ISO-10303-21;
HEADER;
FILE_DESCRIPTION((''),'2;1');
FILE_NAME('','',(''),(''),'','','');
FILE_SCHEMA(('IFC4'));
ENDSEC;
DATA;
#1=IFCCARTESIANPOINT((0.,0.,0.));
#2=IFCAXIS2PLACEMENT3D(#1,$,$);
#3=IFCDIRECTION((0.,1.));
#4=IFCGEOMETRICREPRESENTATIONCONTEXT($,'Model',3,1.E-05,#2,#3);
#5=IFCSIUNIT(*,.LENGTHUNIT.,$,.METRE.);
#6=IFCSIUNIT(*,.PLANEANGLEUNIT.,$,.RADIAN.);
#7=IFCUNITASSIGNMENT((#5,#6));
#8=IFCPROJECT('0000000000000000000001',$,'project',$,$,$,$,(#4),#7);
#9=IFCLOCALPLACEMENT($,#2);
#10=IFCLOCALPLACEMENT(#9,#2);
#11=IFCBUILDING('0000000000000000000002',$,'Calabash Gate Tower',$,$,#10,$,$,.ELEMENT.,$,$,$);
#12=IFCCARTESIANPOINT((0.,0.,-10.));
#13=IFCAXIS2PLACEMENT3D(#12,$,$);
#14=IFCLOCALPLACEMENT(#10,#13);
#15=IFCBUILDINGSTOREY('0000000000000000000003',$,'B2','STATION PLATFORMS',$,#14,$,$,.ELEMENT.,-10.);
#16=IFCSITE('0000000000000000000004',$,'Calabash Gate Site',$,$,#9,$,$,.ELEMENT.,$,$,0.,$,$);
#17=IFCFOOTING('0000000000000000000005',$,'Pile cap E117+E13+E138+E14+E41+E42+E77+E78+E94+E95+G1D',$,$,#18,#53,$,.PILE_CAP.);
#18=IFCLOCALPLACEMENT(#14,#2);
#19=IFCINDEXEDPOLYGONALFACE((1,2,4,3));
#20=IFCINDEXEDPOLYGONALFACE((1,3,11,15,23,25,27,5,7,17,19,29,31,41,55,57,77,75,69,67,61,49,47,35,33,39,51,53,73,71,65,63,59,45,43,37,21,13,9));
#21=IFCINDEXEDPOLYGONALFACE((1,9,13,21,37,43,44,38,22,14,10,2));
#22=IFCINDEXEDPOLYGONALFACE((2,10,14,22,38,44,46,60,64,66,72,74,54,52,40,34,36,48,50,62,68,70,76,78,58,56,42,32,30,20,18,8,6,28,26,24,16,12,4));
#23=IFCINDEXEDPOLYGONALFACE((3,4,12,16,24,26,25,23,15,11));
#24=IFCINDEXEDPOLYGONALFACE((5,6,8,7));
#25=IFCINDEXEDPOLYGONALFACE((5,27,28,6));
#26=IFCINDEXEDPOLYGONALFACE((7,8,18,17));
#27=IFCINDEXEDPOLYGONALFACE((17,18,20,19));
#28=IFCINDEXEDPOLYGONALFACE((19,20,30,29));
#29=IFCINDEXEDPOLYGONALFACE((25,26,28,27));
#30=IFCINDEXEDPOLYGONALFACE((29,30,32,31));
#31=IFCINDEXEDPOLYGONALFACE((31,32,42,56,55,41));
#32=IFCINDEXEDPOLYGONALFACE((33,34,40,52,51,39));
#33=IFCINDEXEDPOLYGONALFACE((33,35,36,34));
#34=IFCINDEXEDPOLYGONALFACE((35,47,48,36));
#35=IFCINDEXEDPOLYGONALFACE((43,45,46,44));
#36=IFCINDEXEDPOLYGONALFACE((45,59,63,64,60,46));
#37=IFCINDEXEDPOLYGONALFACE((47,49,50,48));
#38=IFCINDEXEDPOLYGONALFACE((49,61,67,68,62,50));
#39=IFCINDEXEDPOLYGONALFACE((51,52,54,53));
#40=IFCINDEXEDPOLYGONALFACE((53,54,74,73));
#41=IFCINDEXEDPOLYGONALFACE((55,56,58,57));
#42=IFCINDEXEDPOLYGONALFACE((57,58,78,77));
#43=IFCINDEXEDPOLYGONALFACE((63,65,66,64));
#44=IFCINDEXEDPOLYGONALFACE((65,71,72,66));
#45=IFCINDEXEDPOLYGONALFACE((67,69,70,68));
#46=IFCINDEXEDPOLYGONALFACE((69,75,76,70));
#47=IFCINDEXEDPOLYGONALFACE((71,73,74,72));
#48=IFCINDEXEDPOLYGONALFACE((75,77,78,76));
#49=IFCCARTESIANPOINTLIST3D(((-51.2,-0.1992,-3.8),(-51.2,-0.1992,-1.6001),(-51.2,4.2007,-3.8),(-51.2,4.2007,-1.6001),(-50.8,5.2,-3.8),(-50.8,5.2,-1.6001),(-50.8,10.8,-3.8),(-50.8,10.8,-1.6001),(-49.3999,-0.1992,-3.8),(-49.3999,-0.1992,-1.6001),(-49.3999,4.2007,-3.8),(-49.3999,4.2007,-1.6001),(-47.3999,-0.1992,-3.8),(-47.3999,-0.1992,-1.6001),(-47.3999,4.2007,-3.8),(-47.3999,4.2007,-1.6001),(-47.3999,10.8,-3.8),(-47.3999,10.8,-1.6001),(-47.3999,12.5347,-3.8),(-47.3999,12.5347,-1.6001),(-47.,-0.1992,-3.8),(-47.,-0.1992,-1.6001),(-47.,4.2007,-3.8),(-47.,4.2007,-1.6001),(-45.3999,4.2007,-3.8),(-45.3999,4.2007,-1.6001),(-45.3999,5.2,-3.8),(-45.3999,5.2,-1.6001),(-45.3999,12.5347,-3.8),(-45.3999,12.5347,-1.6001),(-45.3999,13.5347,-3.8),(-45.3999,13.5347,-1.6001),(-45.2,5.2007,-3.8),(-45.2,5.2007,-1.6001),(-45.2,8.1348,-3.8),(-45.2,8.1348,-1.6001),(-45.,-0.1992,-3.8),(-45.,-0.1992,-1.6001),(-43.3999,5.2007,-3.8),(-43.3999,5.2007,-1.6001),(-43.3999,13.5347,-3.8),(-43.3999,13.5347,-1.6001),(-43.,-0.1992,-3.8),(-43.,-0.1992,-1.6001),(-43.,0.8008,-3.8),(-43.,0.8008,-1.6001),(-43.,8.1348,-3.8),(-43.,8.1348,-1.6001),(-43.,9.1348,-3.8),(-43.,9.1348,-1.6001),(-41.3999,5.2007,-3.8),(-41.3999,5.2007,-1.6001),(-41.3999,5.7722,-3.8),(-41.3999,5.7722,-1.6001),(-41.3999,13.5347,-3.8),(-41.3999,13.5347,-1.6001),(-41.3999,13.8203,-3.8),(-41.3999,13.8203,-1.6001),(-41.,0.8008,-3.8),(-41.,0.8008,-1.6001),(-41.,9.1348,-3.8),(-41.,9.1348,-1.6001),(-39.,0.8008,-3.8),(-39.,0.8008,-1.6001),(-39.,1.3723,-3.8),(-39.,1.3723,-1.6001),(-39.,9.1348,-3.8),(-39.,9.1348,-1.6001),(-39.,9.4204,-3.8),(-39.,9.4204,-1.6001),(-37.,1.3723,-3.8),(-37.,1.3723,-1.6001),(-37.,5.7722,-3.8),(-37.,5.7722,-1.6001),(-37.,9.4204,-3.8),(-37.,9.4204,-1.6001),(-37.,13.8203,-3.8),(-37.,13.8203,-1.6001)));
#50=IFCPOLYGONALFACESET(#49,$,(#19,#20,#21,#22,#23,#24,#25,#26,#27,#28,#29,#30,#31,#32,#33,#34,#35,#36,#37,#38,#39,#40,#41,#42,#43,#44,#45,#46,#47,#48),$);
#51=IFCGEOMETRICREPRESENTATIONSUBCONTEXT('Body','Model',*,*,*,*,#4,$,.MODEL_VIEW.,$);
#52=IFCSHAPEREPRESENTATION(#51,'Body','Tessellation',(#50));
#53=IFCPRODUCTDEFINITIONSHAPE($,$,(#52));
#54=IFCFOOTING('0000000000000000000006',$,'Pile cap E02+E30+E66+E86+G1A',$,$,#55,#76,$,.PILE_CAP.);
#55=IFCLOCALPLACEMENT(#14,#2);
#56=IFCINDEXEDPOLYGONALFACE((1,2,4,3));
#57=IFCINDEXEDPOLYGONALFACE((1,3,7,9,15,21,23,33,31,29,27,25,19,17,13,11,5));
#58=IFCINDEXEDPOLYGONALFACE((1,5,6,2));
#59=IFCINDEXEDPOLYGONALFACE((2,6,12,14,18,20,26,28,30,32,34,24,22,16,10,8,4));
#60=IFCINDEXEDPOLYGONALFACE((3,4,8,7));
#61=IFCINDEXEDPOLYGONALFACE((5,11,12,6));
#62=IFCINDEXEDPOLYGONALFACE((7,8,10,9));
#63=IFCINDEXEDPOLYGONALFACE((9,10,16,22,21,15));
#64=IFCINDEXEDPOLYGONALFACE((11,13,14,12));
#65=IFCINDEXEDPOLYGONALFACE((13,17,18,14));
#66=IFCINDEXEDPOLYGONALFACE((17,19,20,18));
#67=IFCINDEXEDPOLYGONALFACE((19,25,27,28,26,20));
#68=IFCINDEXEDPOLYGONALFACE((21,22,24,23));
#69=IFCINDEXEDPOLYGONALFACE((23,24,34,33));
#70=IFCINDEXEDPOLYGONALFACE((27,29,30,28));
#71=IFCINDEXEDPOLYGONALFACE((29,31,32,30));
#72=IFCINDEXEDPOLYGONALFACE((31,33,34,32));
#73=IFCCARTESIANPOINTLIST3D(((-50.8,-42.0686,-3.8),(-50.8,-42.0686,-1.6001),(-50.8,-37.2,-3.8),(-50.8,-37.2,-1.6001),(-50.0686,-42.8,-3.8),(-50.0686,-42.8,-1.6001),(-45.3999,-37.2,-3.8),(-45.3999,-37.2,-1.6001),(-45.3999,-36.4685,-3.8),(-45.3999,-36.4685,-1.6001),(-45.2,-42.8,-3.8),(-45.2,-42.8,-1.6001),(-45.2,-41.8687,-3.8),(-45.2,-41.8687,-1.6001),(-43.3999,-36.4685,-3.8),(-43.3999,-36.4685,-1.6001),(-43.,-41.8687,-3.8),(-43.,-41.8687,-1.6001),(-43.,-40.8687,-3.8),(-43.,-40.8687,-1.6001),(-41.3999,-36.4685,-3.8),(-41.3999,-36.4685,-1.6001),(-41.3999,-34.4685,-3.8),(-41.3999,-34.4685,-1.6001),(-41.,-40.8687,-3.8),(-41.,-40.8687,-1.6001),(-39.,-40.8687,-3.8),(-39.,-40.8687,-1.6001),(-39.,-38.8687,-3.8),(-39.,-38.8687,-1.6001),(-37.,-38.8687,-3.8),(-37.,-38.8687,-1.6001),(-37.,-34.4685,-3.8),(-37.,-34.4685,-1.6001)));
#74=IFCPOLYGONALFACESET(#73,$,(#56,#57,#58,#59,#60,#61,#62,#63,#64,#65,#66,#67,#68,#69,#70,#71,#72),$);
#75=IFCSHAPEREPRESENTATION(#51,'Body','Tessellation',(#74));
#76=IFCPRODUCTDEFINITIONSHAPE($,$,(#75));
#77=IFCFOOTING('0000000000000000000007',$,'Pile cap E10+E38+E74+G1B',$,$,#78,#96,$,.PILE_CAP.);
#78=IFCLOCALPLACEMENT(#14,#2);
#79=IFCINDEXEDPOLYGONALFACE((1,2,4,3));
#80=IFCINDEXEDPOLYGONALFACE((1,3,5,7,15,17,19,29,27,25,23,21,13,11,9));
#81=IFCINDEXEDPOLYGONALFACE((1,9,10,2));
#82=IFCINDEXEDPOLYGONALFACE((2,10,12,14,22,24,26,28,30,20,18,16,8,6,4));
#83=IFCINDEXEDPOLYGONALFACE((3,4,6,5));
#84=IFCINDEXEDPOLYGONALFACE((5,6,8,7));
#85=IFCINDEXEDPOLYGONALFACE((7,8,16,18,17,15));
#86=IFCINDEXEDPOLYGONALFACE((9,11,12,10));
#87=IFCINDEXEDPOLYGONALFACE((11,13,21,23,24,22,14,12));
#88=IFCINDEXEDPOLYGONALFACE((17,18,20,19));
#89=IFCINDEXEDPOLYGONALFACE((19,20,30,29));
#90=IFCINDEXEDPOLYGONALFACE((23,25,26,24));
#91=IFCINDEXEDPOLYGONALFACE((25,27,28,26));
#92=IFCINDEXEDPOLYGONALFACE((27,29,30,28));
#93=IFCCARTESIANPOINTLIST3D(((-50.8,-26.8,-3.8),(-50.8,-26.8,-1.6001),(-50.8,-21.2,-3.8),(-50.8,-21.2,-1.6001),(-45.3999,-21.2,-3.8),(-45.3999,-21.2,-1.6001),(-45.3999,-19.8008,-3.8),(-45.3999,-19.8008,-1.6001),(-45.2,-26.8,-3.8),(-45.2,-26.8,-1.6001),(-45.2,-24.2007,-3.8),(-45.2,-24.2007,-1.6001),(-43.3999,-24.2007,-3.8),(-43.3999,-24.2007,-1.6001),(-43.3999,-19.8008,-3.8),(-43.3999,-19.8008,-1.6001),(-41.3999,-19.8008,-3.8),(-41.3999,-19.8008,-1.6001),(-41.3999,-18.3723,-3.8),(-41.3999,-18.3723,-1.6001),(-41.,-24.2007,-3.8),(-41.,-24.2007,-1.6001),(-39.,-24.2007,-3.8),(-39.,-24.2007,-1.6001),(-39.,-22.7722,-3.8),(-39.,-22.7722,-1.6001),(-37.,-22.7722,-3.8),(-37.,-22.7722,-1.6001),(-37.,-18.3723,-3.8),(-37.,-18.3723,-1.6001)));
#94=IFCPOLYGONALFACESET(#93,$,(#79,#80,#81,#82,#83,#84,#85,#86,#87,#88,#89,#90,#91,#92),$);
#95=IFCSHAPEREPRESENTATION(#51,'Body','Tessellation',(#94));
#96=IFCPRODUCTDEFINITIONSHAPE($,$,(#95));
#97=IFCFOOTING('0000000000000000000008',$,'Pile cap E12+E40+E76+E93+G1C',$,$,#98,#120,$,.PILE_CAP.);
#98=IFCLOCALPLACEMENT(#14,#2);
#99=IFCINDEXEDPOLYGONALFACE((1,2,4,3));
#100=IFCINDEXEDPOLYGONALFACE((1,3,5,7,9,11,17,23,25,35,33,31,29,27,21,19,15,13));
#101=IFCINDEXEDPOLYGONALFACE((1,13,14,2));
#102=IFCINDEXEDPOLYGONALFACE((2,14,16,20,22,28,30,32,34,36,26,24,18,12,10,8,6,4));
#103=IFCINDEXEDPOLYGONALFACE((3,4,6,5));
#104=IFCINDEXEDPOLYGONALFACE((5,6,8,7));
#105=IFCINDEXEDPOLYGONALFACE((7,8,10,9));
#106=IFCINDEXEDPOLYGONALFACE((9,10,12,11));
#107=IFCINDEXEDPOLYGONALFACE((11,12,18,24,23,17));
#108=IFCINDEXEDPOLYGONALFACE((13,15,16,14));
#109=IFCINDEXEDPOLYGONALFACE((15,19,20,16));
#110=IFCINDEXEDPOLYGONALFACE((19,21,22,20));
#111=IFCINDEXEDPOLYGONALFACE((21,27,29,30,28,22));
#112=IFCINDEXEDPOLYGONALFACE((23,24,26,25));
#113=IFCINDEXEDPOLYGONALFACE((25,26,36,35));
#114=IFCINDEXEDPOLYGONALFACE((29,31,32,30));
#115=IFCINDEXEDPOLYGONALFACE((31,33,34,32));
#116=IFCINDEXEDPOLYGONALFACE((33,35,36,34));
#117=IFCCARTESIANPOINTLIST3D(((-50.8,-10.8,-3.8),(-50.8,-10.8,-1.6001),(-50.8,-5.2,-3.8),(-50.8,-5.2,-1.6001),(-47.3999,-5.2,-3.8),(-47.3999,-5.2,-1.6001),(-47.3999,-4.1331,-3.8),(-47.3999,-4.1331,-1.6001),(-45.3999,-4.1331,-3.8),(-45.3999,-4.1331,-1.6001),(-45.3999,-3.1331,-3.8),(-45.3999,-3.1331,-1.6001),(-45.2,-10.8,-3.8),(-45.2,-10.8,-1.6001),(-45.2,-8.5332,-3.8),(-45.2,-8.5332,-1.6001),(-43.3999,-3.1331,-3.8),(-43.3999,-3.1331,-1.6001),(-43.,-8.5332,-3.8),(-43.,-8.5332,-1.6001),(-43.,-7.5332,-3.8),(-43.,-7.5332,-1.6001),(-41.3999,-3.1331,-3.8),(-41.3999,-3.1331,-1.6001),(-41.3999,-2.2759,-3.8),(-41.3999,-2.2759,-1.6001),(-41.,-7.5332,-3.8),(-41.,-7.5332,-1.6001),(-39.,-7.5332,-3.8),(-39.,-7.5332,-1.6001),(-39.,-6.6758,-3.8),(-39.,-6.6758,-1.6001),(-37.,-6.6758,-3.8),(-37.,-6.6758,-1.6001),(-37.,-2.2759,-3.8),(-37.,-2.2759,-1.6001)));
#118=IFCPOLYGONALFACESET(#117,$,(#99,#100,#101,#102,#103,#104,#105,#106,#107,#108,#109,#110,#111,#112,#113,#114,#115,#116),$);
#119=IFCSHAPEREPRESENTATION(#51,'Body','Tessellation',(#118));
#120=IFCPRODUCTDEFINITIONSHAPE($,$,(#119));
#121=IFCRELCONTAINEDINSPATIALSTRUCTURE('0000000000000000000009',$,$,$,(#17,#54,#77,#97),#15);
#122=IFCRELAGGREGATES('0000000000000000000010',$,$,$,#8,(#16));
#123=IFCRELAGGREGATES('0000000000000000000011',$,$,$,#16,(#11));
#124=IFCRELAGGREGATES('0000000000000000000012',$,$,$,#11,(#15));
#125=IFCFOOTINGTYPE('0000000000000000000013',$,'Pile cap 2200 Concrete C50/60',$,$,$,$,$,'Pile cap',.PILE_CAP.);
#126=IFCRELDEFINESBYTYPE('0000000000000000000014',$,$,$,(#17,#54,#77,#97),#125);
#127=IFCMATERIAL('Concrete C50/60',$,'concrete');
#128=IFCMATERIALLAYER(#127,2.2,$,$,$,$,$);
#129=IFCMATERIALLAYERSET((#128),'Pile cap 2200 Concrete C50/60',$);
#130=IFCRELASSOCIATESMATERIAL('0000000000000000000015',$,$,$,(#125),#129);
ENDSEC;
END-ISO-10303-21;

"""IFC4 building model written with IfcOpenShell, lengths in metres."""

from ifc_helpers import new_model, si_unit, direction, frame, origin, place, context, subcontext, project, spatial, polyline, outline, extrude, material, layer, layer_set, type_object, element, save


model = new_model("IFC4")

# Units and contexts
model_context = context("Model", 3, precision=1e-05, world=origin(), true_north=direction((0.0, 1.0)))
body_context = subcontext(model_context, "Body", "Model", "MODEL_VIEW")
ifc_project = project(units=[si_unit("LENGTHUNIT", "METRE"), si_unit("PLANEANGLEUNIT", "RADIAN")], contexts=[model_context])

# Site, building, storey
site_placement = place(None, origin())
site = spatial("IfcSite", under=ifc_project, at=site_placement, Name="Calabash Gate Site", CompositionType="ELEMENT", RefElevation=0.0)
building_placement = place(site_placement, origin())
building = spatial("IfcBuilding", under=site, at=building_placement, Name="Calabash Gate Tower", CompositionType="ELEMENT")
storey_placement = place(building_placement, frame((0.0, 0.0, -10.0)))
storey = spatial("IfcBuildingStorey", under=building, at=storey_placement, Name="B2", Description="STATION PLATFORMS", CompositionType="ELEMENT", Elevation=-10.0)

# Footings
ifc_material_1 = material(Name="Concrete C50/60", Category="concrete")
ifc_layer_1 = layer(ifc_material_1, 2.2)
ifc_layer_set_1 = layer_set([ifc_layer_1], Name="Pile cap 2200 Concrete C50/60")
footing_type_1 = type_object("IfcFootingType", Name="Pile cap 2200 Concrete C50/60", ElementType="Pile cap", PredefinedType="PILE_CAP", material=ifc_layer_set_1)
footing_1_placement = place(storey_placement, frame((0.0, 0.0, -3.8)))
element("IfcFooting", 1, at=footing_1_placement, inside=storey, type_object=footing_type_1, Name="Pile cap E117+E13+E138+E14+E41+E42+E77+E78+E94+E95+G1D", PredefinedType="PILE_CAP", context=body_context, shape_type="SweptSolid", body=[
    extrude(outline(polyline([(-45.3999, 4.2007), (-45.3999, 5.2), (-50.8, 5.2), (-50.8, 10.8), (-47.3999, 10.8), (-47.3999, 12.5347), (-45.3999, 12.5347), (-45.3999, 13.5347), (-43.3999, 13.5347), (-41.3999, 13.5347), (-41.3999, 13.8203), (-37.0, 13.8203), (-37.0, 9.4204), (-39.0, 9.4204), (-39.0, 9.1348), (-41.0, 9.1348), (-43.0, 9.1348), (-43.0, 8.1348), (-45.2, 8.1348), (-45.2, 5.2007), (-43.3999, 5.2007), (-41.3999, 5.2007), (-41.3999, 5.7722), (-37.0, 5.7722), (-37.0, 1.3723), (-39.0, 1.3723), (-39.0, 0.8008), (-41.0, 0.8008), (-43.0, 0.8008), (-43.0, -0.1992), (-45.0, -0.1992), (-47.0, -0.1992), (-47.3999, -0.1992), (-49.3999, -0.1992), (-51.2, -0.1992), (-51.2, 4.2007), (-49.3999, 4.2007), (-47.3999, 4.2007), (-47.0, 4.2007), (-45.3999, 4.2007)])), origin(), (0.0, 0.0, 1.0), 2.2),
])
footing_2_placement = place(storey_placement, frame((0.0, 0.0, -3.8)))
element("IfcFooting", 2, at=footing_2_placement, inside=storey, type_object=footing_type_1, Name="Pile cap E02+E30+E66+E86+G1A", PredefinedType="PILE_CAP", context=body_context, shape_type="SweptSolid", body=[
    extrude(outline(polyline([(-45.3999, -36.4685), (-43.3999, -36.4685), (-41.3999, -36.4685), (-41.3999, -34.4685), (-37.0, -34.4685), (-37.0, -38.8687), (-39.0, -38.8687), (-39.0, -40.8687), (-41.0, -40.8687), (-43.0, -40.8687), (-43.0, -41.8687), (-45.2, -41.8687), (-45.2, -42.8), (-50.0686, -42.8), (-50.8, -42.0686), (-50.8, -37.2), (-45.3999, -37.2), (-45.3999, -36.4685)])), origin(), (0.0, 0.0, 1.0), 2.2),
])
footing_3_placement = place(storey_placement, frame((0.0, 0.0, -3.8)))
element("IfcFooting", 3, at=footing_3_placement, inside=storey, type_object=footing_type_1, Name="Pile cap E10+E38+E74+G1B", PredefinedType="PILE_CAP", context=body_context, shape_type="SweptSolid", body=[
    extrude(outline(polyline([(-45.3999, -19.8008), (-43.3999, -19.8008), (-41.3999, -19.8008), (-41.3999, -18.3723), (-37.0, -18.3723), (-37.0, -22.7722), (-39.0, -22.7722), (-39.0, -24.2007), (-41.0, -24.2007), (-43.3999, -24.2007), (-45.2, -24.2007), (-45.2, -26.8), (-50.8, -26.8), (-50.8, -21.2), (-45.3999, -21.2), (-45.3999, -19.8008)])), origin(), (0.0, 0.0, 1.0), 2.2),
])
footing_4_placement = place(storey_placement, frame((0.0, 0.0, -3.8)))
element("IfcFooting", 4, at=footing_4_placement, inside=storey, type_object=footing_type_1, Name="Pile cap E12+E40+E76+E93+G1C", PredefinedType="PILE_CAP", context=body_context, shape_type="SweptSolid", body=[
    extrude(outline(polyline([(-47.3999, -4.1331), (-45.3999, -4.1331), (-45.3999, -3.1331), (-43.3999, -3.1331), (-41.3999, -3.1331), (-41.3999, -2.2759), (-37.0, -2.2759), (-37.0, -6.6758), (-39.0, -6.6758), (-39.0, -7.5332), (-41.0, -7.5332), (-43.0, -7.5332), (-43.0, -8.5332), (-45.2, -8.5332), (-45.2, -10.8), (-50.8, -10.8), (-50.8, -5.2), (-47.3999, -5.2), (-47.3999, -4.1331)])), origin(), (0.0, 0.0, 1.0), 2.2),
])

save(model, "model.ifc")
